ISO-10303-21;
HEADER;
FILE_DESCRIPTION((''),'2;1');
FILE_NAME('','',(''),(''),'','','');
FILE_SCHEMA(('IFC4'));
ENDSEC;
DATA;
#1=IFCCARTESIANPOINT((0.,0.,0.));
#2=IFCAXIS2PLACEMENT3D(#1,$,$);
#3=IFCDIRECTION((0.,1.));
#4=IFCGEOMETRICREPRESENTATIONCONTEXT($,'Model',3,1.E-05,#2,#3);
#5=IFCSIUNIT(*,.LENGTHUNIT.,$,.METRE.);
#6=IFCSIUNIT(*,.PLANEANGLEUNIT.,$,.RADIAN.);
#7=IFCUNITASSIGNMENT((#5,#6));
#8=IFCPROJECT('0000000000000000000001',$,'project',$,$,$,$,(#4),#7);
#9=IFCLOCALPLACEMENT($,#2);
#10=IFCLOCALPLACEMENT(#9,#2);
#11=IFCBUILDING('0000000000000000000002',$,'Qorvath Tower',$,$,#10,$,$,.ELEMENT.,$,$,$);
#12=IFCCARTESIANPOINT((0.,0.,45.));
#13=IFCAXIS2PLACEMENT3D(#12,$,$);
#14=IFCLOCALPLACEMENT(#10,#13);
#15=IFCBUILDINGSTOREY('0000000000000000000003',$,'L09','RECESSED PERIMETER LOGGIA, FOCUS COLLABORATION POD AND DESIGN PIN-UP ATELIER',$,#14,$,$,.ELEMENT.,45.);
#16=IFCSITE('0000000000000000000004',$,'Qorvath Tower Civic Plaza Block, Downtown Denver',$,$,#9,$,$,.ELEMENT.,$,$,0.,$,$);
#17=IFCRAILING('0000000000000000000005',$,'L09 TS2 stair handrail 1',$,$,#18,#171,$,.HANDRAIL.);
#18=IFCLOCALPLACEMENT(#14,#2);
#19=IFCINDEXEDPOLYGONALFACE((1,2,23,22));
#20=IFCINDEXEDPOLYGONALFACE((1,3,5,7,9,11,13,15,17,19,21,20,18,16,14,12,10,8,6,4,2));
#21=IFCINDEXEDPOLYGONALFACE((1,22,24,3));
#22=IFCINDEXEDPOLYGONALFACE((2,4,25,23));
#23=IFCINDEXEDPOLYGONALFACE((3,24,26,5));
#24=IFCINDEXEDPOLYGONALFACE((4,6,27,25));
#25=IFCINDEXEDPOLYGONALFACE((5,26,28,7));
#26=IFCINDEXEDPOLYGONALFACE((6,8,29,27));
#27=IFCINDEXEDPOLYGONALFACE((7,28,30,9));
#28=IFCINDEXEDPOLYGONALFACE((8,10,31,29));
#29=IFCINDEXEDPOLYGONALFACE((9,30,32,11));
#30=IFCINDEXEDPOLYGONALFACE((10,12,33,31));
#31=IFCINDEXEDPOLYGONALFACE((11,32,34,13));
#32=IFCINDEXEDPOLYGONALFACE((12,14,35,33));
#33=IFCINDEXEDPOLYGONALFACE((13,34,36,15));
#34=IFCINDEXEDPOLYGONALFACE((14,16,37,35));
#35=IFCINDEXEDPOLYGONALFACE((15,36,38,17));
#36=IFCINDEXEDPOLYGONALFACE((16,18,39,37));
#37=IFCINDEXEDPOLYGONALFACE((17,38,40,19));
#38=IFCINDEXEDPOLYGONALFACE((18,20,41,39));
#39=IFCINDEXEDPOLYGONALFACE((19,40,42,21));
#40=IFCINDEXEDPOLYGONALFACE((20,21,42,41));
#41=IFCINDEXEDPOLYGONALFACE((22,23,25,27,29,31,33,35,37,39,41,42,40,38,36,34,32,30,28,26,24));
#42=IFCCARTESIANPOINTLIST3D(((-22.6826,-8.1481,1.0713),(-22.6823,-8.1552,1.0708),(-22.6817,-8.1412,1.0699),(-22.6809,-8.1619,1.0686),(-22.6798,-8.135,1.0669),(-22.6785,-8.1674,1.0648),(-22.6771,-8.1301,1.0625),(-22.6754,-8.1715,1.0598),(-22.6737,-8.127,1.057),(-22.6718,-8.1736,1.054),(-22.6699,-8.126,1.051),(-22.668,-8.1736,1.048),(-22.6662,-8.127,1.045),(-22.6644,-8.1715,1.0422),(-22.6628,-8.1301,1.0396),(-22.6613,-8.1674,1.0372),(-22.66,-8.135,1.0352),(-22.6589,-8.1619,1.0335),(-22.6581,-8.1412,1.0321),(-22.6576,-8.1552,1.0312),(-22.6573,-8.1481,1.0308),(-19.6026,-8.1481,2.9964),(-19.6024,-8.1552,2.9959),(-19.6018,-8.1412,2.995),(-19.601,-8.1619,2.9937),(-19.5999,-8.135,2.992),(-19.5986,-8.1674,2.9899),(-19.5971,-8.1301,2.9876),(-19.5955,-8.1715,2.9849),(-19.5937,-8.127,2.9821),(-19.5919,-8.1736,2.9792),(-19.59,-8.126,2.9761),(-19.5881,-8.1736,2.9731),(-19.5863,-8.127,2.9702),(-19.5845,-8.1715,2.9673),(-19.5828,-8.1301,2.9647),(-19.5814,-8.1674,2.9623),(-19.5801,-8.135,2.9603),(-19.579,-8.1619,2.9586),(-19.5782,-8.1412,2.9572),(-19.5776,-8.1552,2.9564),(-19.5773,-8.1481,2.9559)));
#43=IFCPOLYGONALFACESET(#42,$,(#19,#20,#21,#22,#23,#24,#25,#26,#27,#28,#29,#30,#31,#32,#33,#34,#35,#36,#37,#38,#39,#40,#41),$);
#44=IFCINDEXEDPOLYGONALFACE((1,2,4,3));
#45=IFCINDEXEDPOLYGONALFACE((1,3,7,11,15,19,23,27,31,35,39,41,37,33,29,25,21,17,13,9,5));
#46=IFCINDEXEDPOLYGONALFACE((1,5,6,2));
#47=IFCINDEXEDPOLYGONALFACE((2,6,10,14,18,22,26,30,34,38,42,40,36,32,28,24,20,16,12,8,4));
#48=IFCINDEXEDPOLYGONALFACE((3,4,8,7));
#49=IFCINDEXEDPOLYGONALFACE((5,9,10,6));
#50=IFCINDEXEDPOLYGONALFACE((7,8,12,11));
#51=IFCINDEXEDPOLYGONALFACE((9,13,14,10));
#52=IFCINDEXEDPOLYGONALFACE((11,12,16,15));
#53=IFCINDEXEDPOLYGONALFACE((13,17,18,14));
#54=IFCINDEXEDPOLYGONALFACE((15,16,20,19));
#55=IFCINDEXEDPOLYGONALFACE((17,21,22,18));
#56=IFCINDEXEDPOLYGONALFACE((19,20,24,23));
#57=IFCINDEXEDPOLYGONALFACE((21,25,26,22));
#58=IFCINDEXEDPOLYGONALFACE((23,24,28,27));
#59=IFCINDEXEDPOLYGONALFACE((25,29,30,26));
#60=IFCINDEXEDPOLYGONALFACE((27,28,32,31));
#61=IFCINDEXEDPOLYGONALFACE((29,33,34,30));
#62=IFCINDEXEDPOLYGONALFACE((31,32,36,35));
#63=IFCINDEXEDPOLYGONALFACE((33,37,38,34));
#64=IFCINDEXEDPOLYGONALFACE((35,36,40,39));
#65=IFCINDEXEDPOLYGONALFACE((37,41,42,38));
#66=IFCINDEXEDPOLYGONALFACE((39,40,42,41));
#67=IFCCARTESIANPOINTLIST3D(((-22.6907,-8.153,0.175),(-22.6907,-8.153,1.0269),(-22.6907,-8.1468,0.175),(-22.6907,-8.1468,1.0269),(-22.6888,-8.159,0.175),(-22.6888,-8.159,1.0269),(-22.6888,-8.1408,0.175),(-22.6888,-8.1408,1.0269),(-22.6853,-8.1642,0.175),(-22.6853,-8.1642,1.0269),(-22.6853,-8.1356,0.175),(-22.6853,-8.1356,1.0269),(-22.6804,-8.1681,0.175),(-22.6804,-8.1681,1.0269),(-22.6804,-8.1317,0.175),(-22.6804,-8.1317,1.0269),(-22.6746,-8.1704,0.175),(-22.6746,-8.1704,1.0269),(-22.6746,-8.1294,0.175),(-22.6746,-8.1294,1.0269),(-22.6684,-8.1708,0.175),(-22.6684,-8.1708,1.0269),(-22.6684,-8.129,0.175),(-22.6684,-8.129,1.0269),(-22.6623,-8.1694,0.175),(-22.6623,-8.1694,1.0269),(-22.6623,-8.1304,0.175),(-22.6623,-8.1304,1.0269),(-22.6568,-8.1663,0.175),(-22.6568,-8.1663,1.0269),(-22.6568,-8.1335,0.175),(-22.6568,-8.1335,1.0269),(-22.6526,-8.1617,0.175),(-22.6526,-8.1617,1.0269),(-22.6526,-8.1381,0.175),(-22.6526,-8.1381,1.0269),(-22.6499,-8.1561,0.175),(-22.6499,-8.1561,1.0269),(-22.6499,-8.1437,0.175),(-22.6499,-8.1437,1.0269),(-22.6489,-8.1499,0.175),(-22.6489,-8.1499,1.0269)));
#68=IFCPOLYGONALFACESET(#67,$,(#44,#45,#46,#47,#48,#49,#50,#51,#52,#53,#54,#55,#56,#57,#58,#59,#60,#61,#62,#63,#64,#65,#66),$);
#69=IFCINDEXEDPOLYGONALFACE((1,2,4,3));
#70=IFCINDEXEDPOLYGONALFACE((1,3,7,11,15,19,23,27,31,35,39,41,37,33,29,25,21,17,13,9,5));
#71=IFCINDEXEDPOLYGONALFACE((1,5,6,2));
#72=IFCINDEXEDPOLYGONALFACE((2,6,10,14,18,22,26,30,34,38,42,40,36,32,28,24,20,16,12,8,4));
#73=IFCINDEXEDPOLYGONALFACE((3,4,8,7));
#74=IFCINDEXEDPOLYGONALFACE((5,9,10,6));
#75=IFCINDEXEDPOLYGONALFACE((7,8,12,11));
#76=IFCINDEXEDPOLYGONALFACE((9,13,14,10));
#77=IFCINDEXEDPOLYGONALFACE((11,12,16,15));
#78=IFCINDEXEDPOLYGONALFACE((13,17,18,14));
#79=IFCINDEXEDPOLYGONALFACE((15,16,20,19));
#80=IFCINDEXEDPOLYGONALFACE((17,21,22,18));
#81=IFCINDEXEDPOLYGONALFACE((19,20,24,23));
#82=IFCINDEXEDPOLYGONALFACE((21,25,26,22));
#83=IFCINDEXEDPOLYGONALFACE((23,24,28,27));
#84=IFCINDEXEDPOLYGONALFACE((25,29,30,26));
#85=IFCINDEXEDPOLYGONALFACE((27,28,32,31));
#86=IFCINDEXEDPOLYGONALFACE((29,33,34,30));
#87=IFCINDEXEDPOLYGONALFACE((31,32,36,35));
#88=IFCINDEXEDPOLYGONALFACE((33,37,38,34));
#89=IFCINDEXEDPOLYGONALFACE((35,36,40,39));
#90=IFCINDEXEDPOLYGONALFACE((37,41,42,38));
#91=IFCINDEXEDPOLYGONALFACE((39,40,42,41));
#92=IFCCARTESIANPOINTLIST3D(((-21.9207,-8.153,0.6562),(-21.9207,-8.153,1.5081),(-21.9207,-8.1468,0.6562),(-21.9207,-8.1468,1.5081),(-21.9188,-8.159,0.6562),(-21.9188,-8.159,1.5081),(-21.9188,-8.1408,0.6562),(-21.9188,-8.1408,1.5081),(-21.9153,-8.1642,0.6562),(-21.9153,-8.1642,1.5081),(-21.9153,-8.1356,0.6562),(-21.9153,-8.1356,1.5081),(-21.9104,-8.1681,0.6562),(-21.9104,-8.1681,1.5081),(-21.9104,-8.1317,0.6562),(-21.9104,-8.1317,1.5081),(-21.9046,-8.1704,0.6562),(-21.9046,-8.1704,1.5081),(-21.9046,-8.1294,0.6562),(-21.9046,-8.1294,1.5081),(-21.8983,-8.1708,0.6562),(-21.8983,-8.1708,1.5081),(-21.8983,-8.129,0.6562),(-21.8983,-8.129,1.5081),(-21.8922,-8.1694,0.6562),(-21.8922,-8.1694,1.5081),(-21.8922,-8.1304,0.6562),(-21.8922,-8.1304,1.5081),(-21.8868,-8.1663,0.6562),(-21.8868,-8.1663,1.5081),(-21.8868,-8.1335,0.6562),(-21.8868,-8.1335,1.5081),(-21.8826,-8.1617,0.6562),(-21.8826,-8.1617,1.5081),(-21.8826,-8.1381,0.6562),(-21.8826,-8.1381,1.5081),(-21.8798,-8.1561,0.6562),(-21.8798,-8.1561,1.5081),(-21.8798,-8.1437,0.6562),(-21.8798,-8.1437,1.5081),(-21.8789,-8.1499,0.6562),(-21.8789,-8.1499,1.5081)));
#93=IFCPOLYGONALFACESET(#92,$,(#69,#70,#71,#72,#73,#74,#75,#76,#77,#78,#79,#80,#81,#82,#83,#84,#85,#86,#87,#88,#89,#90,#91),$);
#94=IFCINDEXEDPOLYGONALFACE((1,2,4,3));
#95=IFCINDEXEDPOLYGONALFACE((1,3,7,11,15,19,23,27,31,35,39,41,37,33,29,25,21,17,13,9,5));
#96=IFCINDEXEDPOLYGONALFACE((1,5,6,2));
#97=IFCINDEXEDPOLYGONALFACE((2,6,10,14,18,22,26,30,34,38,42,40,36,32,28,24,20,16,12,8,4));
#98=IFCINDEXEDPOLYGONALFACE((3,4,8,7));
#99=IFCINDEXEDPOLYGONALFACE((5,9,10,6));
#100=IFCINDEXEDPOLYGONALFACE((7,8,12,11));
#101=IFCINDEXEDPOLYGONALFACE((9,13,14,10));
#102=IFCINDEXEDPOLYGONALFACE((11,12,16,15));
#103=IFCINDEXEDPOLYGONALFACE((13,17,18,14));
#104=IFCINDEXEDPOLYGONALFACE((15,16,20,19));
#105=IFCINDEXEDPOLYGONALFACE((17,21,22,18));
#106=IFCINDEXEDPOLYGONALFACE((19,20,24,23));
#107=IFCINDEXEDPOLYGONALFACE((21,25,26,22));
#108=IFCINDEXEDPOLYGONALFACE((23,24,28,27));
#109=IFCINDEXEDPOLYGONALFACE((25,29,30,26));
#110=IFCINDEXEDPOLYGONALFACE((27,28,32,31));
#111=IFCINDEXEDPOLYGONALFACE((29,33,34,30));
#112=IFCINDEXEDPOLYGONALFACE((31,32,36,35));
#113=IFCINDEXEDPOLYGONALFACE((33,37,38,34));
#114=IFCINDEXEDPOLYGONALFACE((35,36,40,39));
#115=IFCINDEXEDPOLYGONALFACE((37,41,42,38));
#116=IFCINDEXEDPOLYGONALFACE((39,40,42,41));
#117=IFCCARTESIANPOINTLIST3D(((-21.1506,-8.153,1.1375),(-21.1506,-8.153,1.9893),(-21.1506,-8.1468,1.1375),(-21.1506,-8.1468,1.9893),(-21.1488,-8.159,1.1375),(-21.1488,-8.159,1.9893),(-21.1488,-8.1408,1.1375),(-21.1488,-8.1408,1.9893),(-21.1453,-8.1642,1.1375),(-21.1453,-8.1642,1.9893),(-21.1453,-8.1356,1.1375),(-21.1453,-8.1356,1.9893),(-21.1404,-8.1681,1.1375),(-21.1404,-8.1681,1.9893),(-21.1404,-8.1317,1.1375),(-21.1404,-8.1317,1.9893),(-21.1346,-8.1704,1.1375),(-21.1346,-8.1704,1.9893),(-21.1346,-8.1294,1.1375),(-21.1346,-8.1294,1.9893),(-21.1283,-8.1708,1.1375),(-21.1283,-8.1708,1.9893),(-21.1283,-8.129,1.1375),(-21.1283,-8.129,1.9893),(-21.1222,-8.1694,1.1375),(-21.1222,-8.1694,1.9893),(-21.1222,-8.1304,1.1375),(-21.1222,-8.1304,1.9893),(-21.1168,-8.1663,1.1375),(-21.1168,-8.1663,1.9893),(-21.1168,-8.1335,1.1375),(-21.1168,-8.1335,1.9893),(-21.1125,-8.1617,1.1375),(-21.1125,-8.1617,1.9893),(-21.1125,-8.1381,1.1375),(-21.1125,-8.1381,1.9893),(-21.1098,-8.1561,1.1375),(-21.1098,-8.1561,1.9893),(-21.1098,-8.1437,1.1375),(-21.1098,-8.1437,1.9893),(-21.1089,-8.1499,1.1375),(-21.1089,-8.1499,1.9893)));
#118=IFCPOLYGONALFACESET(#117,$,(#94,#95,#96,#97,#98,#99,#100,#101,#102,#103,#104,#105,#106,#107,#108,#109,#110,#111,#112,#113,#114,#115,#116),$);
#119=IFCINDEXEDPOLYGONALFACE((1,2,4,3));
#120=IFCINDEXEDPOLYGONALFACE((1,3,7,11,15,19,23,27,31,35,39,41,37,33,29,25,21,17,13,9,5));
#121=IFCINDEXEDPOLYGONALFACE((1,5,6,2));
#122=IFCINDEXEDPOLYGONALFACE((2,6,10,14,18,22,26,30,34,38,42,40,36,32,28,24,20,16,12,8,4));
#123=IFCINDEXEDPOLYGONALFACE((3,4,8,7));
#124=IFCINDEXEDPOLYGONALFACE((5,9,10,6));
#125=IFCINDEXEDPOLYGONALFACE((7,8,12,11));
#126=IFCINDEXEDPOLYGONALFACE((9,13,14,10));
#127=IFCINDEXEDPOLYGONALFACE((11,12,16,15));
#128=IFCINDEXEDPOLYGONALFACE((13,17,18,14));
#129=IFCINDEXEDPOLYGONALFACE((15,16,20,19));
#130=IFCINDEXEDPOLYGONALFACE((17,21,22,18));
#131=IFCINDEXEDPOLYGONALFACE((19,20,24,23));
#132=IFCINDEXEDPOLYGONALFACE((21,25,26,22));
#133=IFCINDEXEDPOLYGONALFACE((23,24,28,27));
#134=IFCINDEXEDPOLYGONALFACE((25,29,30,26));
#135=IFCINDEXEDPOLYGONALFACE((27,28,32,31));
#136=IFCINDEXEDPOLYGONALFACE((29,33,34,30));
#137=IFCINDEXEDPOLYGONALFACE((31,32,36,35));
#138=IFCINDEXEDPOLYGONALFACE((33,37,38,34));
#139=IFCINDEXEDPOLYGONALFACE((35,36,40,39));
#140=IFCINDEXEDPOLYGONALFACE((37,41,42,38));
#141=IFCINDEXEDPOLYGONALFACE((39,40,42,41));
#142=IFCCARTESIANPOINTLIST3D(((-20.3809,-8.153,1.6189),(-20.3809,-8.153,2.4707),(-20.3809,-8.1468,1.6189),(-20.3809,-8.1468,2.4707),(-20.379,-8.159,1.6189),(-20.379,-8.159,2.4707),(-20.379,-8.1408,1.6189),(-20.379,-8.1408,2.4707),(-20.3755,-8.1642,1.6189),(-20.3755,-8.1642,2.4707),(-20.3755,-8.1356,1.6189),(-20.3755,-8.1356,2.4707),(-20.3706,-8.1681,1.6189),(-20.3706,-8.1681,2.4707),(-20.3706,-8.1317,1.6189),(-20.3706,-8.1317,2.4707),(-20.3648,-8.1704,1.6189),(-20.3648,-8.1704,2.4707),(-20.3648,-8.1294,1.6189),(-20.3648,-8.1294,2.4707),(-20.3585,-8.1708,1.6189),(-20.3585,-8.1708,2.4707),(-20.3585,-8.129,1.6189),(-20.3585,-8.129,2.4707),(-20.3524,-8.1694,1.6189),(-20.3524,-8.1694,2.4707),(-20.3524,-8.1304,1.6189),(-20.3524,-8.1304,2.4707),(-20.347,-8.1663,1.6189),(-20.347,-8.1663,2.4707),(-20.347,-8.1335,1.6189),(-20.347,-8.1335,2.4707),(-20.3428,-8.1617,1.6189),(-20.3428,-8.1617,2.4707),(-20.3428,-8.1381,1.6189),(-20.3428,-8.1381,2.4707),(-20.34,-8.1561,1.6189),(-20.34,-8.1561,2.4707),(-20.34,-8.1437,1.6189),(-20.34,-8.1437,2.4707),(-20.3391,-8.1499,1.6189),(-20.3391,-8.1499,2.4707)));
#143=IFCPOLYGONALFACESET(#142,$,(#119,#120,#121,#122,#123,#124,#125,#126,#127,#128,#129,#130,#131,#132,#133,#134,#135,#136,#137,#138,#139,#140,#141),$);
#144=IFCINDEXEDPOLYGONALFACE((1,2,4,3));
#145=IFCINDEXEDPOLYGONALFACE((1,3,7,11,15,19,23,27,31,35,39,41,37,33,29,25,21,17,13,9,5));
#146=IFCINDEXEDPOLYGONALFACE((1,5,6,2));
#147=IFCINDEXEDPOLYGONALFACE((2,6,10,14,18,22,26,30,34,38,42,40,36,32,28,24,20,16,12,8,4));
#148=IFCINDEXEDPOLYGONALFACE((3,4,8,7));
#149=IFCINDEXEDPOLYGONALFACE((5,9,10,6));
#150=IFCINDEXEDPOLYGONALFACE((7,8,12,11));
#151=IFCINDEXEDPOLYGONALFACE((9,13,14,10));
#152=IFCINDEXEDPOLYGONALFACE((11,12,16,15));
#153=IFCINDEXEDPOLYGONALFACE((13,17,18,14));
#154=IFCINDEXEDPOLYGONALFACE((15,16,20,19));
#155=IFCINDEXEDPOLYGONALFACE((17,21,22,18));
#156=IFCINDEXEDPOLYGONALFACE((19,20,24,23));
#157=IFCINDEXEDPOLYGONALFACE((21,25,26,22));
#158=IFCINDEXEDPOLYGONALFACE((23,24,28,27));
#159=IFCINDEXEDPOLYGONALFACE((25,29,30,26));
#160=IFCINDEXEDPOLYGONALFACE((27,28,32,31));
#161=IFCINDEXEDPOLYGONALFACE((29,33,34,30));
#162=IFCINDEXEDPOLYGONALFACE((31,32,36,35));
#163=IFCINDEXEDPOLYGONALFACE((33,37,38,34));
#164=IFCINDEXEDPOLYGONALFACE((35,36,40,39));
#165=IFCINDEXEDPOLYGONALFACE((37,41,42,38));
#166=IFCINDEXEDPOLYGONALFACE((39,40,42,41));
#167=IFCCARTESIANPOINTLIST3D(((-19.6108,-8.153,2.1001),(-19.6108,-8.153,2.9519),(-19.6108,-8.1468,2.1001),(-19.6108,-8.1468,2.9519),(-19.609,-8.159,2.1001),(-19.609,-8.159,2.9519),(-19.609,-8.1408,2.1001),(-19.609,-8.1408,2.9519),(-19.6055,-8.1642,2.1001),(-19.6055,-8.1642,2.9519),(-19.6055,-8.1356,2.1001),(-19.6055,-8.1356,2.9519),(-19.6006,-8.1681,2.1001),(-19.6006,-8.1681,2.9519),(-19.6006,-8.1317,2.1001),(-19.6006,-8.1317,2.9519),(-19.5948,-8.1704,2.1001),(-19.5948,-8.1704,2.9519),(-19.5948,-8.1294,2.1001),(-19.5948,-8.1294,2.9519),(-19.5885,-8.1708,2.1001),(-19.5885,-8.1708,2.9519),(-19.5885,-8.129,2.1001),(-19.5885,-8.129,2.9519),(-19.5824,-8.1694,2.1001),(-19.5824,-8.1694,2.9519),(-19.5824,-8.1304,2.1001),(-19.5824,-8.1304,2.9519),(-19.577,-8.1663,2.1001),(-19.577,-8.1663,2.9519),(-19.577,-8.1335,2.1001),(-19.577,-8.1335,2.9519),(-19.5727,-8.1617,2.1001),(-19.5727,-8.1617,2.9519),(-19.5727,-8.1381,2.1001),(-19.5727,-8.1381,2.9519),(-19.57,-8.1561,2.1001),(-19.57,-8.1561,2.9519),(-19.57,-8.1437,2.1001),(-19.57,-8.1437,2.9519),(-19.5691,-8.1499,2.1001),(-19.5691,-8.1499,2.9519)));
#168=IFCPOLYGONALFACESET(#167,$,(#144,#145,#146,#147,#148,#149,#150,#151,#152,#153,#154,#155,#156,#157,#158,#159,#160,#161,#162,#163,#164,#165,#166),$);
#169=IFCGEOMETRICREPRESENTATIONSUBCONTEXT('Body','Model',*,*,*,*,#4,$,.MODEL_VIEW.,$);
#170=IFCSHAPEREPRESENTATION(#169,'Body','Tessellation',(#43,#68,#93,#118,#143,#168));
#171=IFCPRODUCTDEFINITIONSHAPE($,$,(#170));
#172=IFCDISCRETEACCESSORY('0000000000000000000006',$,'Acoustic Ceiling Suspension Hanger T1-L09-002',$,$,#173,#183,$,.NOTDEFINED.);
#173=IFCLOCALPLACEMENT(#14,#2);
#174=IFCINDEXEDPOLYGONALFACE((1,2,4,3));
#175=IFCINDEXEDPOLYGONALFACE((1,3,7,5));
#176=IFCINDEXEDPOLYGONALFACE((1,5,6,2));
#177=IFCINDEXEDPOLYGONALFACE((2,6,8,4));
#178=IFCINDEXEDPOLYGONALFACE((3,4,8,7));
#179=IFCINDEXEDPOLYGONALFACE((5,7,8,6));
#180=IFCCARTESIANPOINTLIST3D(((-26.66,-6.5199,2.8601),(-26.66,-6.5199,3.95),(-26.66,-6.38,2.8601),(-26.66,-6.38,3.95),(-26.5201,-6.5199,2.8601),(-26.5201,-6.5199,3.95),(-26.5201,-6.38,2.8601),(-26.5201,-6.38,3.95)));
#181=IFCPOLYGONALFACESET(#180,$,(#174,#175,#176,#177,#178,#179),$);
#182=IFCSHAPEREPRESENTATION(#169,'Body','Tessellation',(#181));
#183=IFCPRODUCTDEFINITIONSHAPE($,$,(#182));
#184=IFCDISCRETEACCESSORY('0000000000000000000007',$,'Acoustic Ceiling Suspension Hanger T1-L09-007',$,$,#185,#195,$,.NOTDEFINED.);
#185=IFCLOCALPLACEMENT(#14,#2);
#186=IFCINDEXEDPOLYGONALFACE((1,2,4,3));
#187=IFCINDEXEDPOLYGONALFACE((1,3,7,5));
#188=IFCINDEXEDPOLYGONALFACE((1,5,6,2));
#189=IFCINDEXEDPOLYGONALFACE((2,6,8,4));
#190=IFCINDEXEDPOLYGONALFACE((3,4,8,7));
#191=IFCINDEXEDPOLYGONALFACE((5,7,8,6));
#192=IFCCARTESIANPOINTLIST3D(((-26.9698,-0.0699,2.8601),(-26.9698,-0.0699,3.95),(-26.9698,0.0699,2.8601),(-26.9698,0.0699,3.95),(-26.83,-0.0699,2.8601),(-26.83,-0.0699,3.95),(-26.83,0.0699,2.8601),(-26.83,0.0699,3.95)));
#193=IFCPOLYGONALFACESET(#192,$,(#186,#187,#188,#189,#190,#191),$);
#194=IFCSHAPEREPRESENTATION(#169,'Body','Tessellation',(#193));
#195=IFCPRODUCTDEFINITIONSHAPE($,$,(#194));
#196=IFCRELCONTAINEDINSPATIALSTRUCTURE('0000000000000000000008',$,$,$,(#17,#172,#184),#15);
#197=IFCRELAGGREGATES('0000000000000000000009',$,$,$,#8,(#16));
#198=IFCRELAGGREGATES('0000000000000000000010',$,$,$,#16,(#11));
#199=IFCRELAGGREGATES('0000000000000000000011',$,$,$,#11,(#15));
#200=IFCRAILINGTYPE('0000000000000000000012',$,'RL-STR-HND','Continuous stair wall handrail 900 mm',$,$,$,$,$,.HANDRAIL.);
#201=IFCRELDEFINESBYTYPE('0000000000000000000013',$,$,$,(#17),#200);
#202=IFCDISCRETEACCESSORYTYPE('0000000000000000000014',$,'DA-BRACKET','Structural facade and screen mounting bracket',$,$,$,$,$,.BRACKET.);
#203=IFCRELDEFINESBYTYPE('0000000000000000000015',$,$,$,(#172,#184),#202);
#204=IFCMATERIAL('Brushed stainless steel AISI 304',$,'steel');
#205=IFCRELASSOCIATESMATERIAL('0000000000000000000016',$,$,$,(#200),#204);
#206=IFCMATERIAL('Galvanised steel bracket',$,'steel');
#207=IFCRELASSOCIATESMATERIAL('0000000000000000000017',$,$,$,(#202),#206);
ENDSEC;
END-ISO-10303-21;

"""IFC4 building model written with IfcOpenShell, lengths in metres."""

from ifc_helpers import new_model, si_unit, direction, frame, origin, origin_2d, place, context, subcontext, project, spatial, rectangle, circle, extrude, material, type_object, element, save


model = new_model("IFC4")

# Units and contexts
model_context = context("Model", 3, precision=1e-05, world=origin(), true_north=direction((0.0, 1.0)))
body_context = subcontext(model_context, "Body", "Model", "MODEL_VIEW")
ifc_project = project(units=[si_unit("LENGTHUNIT", "METRE"), si_unit("PLANEANGLEUNIT", "RADIAN")], contexts=[model_context])

# Site, building, storey
site_placement = place(None, origin())
site = spatial("IfcSite", under=ifc_project, at=site_placement, Name="Qorvath Tower Civic Plaza Block, Downtown Denver", CompositionType="ELEMENT", RefElevation=0.0)
building_placement = place(site_placement, origin())
building = spatial("IfcBuilding", under=site, at=building_placement, Name="Qorvath Tower", CompositionType="ELEMENT")
storey_placement = place(building_placement, frame((0.0, 0.0, 45.0)))
storey = spatial("IfcBuildingStorey", under=building, at=storey_placement, Name="L09", Description="RECESSED PERIMETER LOGGIA, FOCUS COLLABORATION POD AND DESIGN PIN-UP ATELIER", CompositionType="ELEMENT", Elevation=45.0)

# Railing
ifc_material_1 = material(Name="Brushed stainless steel AISI 304", Category="steel")
railing_type_1 = type_object("IfcRailingType", Name="RL-STR-HND", Description="Continuous stair wall handrail 900 mm", PredefinedType="HANDRAIL", material=ifc_material_1)
railing_1_placement = place(storey_placement, frame((-22.6699, -8.1499, 0.175)))
element("IfcRailing", 1, at=railing_1_placement, inside=storey, type_object=railing_type_1, Name="L09 TS2 stair handrail 1", PredefinedType="HANDRAIL", context=body_context, shape_type="SweptSolid", body=[
    extrude(circle(Radius=0.0239, at=origin_2d()), frame((0.0, 0.0, 0.876), z_axis=(0.847979, 0.0, 0.530029), x_axis=(0.0, 1.0, 0.0)), (0.0, 0.0, 1.0), 3.6321),
    extrude(circle(Radius=0.021, at=origin_2d()), origin(), (0.0, 0.0, 1.0), 0.8518),
    extrude(circle(Radius=0.021, at=origin_2d()), frame((0.77, 0.0, 0.4812)), (0.0, 0.0, 1.0), 0.8518),
    extrude(circle(Radius=0.021, at=origin_2d()), frame((1.54, 0.0, 0.9624)), (0.0, 0.0, 1.0), 0.8518),
    extrude(circle(Radius=0.021, at=origin_2d()), frame((2.3098, 0.0, 1.4438)), (0.0, 0.0, 1.0), 0.8518),
    extrude(circle(Radius=0.021, at=origin_2d()), frame((3.0798, 0.0, 1.925)), (0.0, 0.0, 1.0), 0.8518),
])

# Discrete accessories
ifc_material_2 = material(Name="Galvanised steel bracket", Category="steel")
discrete_accessory_type = type_object("IfcDiscreteAccessoryType", Name="DA-BRACKET", Description="Structural facade and screen mounting bracket", PredefinedType="BRACKET", material=ifc_material_2)
for number, where, z_axis, x_axis, name in (
    (2, (-26.5901, -6.45, 2.8601), (0.0, 0.0, 1.0), (1.0, 0.0, 0.0), "Acoustic Ceiling Suspension Hanger T1-L09-002"),
    (3, (-26.8999, 0.0, 2.8601), (0.0, 0.0, 1.0), (1.0, 0.0, 0.0), "Acoustic Ceiling Suspension Hanger T1-L09-007"),
):
    element("IfcDiscreteAccessory", number, at=place(storey_placement, frame(where, z_axis=z_axis, x_axis=x_axis)), inside=storey, type_object=discrete_accessory_type, Name=name, PredefinedType="NOTDEFINED", context=body_context, shape_type="SweptSolid", body=[
        extrude(rectangle(XDim=0.1399, YDim=0.1399, at=origin_2d()), origin(), (0.0, 0.0, 1.0), 1.0898),
    ])

save(model, "model.ifc")
